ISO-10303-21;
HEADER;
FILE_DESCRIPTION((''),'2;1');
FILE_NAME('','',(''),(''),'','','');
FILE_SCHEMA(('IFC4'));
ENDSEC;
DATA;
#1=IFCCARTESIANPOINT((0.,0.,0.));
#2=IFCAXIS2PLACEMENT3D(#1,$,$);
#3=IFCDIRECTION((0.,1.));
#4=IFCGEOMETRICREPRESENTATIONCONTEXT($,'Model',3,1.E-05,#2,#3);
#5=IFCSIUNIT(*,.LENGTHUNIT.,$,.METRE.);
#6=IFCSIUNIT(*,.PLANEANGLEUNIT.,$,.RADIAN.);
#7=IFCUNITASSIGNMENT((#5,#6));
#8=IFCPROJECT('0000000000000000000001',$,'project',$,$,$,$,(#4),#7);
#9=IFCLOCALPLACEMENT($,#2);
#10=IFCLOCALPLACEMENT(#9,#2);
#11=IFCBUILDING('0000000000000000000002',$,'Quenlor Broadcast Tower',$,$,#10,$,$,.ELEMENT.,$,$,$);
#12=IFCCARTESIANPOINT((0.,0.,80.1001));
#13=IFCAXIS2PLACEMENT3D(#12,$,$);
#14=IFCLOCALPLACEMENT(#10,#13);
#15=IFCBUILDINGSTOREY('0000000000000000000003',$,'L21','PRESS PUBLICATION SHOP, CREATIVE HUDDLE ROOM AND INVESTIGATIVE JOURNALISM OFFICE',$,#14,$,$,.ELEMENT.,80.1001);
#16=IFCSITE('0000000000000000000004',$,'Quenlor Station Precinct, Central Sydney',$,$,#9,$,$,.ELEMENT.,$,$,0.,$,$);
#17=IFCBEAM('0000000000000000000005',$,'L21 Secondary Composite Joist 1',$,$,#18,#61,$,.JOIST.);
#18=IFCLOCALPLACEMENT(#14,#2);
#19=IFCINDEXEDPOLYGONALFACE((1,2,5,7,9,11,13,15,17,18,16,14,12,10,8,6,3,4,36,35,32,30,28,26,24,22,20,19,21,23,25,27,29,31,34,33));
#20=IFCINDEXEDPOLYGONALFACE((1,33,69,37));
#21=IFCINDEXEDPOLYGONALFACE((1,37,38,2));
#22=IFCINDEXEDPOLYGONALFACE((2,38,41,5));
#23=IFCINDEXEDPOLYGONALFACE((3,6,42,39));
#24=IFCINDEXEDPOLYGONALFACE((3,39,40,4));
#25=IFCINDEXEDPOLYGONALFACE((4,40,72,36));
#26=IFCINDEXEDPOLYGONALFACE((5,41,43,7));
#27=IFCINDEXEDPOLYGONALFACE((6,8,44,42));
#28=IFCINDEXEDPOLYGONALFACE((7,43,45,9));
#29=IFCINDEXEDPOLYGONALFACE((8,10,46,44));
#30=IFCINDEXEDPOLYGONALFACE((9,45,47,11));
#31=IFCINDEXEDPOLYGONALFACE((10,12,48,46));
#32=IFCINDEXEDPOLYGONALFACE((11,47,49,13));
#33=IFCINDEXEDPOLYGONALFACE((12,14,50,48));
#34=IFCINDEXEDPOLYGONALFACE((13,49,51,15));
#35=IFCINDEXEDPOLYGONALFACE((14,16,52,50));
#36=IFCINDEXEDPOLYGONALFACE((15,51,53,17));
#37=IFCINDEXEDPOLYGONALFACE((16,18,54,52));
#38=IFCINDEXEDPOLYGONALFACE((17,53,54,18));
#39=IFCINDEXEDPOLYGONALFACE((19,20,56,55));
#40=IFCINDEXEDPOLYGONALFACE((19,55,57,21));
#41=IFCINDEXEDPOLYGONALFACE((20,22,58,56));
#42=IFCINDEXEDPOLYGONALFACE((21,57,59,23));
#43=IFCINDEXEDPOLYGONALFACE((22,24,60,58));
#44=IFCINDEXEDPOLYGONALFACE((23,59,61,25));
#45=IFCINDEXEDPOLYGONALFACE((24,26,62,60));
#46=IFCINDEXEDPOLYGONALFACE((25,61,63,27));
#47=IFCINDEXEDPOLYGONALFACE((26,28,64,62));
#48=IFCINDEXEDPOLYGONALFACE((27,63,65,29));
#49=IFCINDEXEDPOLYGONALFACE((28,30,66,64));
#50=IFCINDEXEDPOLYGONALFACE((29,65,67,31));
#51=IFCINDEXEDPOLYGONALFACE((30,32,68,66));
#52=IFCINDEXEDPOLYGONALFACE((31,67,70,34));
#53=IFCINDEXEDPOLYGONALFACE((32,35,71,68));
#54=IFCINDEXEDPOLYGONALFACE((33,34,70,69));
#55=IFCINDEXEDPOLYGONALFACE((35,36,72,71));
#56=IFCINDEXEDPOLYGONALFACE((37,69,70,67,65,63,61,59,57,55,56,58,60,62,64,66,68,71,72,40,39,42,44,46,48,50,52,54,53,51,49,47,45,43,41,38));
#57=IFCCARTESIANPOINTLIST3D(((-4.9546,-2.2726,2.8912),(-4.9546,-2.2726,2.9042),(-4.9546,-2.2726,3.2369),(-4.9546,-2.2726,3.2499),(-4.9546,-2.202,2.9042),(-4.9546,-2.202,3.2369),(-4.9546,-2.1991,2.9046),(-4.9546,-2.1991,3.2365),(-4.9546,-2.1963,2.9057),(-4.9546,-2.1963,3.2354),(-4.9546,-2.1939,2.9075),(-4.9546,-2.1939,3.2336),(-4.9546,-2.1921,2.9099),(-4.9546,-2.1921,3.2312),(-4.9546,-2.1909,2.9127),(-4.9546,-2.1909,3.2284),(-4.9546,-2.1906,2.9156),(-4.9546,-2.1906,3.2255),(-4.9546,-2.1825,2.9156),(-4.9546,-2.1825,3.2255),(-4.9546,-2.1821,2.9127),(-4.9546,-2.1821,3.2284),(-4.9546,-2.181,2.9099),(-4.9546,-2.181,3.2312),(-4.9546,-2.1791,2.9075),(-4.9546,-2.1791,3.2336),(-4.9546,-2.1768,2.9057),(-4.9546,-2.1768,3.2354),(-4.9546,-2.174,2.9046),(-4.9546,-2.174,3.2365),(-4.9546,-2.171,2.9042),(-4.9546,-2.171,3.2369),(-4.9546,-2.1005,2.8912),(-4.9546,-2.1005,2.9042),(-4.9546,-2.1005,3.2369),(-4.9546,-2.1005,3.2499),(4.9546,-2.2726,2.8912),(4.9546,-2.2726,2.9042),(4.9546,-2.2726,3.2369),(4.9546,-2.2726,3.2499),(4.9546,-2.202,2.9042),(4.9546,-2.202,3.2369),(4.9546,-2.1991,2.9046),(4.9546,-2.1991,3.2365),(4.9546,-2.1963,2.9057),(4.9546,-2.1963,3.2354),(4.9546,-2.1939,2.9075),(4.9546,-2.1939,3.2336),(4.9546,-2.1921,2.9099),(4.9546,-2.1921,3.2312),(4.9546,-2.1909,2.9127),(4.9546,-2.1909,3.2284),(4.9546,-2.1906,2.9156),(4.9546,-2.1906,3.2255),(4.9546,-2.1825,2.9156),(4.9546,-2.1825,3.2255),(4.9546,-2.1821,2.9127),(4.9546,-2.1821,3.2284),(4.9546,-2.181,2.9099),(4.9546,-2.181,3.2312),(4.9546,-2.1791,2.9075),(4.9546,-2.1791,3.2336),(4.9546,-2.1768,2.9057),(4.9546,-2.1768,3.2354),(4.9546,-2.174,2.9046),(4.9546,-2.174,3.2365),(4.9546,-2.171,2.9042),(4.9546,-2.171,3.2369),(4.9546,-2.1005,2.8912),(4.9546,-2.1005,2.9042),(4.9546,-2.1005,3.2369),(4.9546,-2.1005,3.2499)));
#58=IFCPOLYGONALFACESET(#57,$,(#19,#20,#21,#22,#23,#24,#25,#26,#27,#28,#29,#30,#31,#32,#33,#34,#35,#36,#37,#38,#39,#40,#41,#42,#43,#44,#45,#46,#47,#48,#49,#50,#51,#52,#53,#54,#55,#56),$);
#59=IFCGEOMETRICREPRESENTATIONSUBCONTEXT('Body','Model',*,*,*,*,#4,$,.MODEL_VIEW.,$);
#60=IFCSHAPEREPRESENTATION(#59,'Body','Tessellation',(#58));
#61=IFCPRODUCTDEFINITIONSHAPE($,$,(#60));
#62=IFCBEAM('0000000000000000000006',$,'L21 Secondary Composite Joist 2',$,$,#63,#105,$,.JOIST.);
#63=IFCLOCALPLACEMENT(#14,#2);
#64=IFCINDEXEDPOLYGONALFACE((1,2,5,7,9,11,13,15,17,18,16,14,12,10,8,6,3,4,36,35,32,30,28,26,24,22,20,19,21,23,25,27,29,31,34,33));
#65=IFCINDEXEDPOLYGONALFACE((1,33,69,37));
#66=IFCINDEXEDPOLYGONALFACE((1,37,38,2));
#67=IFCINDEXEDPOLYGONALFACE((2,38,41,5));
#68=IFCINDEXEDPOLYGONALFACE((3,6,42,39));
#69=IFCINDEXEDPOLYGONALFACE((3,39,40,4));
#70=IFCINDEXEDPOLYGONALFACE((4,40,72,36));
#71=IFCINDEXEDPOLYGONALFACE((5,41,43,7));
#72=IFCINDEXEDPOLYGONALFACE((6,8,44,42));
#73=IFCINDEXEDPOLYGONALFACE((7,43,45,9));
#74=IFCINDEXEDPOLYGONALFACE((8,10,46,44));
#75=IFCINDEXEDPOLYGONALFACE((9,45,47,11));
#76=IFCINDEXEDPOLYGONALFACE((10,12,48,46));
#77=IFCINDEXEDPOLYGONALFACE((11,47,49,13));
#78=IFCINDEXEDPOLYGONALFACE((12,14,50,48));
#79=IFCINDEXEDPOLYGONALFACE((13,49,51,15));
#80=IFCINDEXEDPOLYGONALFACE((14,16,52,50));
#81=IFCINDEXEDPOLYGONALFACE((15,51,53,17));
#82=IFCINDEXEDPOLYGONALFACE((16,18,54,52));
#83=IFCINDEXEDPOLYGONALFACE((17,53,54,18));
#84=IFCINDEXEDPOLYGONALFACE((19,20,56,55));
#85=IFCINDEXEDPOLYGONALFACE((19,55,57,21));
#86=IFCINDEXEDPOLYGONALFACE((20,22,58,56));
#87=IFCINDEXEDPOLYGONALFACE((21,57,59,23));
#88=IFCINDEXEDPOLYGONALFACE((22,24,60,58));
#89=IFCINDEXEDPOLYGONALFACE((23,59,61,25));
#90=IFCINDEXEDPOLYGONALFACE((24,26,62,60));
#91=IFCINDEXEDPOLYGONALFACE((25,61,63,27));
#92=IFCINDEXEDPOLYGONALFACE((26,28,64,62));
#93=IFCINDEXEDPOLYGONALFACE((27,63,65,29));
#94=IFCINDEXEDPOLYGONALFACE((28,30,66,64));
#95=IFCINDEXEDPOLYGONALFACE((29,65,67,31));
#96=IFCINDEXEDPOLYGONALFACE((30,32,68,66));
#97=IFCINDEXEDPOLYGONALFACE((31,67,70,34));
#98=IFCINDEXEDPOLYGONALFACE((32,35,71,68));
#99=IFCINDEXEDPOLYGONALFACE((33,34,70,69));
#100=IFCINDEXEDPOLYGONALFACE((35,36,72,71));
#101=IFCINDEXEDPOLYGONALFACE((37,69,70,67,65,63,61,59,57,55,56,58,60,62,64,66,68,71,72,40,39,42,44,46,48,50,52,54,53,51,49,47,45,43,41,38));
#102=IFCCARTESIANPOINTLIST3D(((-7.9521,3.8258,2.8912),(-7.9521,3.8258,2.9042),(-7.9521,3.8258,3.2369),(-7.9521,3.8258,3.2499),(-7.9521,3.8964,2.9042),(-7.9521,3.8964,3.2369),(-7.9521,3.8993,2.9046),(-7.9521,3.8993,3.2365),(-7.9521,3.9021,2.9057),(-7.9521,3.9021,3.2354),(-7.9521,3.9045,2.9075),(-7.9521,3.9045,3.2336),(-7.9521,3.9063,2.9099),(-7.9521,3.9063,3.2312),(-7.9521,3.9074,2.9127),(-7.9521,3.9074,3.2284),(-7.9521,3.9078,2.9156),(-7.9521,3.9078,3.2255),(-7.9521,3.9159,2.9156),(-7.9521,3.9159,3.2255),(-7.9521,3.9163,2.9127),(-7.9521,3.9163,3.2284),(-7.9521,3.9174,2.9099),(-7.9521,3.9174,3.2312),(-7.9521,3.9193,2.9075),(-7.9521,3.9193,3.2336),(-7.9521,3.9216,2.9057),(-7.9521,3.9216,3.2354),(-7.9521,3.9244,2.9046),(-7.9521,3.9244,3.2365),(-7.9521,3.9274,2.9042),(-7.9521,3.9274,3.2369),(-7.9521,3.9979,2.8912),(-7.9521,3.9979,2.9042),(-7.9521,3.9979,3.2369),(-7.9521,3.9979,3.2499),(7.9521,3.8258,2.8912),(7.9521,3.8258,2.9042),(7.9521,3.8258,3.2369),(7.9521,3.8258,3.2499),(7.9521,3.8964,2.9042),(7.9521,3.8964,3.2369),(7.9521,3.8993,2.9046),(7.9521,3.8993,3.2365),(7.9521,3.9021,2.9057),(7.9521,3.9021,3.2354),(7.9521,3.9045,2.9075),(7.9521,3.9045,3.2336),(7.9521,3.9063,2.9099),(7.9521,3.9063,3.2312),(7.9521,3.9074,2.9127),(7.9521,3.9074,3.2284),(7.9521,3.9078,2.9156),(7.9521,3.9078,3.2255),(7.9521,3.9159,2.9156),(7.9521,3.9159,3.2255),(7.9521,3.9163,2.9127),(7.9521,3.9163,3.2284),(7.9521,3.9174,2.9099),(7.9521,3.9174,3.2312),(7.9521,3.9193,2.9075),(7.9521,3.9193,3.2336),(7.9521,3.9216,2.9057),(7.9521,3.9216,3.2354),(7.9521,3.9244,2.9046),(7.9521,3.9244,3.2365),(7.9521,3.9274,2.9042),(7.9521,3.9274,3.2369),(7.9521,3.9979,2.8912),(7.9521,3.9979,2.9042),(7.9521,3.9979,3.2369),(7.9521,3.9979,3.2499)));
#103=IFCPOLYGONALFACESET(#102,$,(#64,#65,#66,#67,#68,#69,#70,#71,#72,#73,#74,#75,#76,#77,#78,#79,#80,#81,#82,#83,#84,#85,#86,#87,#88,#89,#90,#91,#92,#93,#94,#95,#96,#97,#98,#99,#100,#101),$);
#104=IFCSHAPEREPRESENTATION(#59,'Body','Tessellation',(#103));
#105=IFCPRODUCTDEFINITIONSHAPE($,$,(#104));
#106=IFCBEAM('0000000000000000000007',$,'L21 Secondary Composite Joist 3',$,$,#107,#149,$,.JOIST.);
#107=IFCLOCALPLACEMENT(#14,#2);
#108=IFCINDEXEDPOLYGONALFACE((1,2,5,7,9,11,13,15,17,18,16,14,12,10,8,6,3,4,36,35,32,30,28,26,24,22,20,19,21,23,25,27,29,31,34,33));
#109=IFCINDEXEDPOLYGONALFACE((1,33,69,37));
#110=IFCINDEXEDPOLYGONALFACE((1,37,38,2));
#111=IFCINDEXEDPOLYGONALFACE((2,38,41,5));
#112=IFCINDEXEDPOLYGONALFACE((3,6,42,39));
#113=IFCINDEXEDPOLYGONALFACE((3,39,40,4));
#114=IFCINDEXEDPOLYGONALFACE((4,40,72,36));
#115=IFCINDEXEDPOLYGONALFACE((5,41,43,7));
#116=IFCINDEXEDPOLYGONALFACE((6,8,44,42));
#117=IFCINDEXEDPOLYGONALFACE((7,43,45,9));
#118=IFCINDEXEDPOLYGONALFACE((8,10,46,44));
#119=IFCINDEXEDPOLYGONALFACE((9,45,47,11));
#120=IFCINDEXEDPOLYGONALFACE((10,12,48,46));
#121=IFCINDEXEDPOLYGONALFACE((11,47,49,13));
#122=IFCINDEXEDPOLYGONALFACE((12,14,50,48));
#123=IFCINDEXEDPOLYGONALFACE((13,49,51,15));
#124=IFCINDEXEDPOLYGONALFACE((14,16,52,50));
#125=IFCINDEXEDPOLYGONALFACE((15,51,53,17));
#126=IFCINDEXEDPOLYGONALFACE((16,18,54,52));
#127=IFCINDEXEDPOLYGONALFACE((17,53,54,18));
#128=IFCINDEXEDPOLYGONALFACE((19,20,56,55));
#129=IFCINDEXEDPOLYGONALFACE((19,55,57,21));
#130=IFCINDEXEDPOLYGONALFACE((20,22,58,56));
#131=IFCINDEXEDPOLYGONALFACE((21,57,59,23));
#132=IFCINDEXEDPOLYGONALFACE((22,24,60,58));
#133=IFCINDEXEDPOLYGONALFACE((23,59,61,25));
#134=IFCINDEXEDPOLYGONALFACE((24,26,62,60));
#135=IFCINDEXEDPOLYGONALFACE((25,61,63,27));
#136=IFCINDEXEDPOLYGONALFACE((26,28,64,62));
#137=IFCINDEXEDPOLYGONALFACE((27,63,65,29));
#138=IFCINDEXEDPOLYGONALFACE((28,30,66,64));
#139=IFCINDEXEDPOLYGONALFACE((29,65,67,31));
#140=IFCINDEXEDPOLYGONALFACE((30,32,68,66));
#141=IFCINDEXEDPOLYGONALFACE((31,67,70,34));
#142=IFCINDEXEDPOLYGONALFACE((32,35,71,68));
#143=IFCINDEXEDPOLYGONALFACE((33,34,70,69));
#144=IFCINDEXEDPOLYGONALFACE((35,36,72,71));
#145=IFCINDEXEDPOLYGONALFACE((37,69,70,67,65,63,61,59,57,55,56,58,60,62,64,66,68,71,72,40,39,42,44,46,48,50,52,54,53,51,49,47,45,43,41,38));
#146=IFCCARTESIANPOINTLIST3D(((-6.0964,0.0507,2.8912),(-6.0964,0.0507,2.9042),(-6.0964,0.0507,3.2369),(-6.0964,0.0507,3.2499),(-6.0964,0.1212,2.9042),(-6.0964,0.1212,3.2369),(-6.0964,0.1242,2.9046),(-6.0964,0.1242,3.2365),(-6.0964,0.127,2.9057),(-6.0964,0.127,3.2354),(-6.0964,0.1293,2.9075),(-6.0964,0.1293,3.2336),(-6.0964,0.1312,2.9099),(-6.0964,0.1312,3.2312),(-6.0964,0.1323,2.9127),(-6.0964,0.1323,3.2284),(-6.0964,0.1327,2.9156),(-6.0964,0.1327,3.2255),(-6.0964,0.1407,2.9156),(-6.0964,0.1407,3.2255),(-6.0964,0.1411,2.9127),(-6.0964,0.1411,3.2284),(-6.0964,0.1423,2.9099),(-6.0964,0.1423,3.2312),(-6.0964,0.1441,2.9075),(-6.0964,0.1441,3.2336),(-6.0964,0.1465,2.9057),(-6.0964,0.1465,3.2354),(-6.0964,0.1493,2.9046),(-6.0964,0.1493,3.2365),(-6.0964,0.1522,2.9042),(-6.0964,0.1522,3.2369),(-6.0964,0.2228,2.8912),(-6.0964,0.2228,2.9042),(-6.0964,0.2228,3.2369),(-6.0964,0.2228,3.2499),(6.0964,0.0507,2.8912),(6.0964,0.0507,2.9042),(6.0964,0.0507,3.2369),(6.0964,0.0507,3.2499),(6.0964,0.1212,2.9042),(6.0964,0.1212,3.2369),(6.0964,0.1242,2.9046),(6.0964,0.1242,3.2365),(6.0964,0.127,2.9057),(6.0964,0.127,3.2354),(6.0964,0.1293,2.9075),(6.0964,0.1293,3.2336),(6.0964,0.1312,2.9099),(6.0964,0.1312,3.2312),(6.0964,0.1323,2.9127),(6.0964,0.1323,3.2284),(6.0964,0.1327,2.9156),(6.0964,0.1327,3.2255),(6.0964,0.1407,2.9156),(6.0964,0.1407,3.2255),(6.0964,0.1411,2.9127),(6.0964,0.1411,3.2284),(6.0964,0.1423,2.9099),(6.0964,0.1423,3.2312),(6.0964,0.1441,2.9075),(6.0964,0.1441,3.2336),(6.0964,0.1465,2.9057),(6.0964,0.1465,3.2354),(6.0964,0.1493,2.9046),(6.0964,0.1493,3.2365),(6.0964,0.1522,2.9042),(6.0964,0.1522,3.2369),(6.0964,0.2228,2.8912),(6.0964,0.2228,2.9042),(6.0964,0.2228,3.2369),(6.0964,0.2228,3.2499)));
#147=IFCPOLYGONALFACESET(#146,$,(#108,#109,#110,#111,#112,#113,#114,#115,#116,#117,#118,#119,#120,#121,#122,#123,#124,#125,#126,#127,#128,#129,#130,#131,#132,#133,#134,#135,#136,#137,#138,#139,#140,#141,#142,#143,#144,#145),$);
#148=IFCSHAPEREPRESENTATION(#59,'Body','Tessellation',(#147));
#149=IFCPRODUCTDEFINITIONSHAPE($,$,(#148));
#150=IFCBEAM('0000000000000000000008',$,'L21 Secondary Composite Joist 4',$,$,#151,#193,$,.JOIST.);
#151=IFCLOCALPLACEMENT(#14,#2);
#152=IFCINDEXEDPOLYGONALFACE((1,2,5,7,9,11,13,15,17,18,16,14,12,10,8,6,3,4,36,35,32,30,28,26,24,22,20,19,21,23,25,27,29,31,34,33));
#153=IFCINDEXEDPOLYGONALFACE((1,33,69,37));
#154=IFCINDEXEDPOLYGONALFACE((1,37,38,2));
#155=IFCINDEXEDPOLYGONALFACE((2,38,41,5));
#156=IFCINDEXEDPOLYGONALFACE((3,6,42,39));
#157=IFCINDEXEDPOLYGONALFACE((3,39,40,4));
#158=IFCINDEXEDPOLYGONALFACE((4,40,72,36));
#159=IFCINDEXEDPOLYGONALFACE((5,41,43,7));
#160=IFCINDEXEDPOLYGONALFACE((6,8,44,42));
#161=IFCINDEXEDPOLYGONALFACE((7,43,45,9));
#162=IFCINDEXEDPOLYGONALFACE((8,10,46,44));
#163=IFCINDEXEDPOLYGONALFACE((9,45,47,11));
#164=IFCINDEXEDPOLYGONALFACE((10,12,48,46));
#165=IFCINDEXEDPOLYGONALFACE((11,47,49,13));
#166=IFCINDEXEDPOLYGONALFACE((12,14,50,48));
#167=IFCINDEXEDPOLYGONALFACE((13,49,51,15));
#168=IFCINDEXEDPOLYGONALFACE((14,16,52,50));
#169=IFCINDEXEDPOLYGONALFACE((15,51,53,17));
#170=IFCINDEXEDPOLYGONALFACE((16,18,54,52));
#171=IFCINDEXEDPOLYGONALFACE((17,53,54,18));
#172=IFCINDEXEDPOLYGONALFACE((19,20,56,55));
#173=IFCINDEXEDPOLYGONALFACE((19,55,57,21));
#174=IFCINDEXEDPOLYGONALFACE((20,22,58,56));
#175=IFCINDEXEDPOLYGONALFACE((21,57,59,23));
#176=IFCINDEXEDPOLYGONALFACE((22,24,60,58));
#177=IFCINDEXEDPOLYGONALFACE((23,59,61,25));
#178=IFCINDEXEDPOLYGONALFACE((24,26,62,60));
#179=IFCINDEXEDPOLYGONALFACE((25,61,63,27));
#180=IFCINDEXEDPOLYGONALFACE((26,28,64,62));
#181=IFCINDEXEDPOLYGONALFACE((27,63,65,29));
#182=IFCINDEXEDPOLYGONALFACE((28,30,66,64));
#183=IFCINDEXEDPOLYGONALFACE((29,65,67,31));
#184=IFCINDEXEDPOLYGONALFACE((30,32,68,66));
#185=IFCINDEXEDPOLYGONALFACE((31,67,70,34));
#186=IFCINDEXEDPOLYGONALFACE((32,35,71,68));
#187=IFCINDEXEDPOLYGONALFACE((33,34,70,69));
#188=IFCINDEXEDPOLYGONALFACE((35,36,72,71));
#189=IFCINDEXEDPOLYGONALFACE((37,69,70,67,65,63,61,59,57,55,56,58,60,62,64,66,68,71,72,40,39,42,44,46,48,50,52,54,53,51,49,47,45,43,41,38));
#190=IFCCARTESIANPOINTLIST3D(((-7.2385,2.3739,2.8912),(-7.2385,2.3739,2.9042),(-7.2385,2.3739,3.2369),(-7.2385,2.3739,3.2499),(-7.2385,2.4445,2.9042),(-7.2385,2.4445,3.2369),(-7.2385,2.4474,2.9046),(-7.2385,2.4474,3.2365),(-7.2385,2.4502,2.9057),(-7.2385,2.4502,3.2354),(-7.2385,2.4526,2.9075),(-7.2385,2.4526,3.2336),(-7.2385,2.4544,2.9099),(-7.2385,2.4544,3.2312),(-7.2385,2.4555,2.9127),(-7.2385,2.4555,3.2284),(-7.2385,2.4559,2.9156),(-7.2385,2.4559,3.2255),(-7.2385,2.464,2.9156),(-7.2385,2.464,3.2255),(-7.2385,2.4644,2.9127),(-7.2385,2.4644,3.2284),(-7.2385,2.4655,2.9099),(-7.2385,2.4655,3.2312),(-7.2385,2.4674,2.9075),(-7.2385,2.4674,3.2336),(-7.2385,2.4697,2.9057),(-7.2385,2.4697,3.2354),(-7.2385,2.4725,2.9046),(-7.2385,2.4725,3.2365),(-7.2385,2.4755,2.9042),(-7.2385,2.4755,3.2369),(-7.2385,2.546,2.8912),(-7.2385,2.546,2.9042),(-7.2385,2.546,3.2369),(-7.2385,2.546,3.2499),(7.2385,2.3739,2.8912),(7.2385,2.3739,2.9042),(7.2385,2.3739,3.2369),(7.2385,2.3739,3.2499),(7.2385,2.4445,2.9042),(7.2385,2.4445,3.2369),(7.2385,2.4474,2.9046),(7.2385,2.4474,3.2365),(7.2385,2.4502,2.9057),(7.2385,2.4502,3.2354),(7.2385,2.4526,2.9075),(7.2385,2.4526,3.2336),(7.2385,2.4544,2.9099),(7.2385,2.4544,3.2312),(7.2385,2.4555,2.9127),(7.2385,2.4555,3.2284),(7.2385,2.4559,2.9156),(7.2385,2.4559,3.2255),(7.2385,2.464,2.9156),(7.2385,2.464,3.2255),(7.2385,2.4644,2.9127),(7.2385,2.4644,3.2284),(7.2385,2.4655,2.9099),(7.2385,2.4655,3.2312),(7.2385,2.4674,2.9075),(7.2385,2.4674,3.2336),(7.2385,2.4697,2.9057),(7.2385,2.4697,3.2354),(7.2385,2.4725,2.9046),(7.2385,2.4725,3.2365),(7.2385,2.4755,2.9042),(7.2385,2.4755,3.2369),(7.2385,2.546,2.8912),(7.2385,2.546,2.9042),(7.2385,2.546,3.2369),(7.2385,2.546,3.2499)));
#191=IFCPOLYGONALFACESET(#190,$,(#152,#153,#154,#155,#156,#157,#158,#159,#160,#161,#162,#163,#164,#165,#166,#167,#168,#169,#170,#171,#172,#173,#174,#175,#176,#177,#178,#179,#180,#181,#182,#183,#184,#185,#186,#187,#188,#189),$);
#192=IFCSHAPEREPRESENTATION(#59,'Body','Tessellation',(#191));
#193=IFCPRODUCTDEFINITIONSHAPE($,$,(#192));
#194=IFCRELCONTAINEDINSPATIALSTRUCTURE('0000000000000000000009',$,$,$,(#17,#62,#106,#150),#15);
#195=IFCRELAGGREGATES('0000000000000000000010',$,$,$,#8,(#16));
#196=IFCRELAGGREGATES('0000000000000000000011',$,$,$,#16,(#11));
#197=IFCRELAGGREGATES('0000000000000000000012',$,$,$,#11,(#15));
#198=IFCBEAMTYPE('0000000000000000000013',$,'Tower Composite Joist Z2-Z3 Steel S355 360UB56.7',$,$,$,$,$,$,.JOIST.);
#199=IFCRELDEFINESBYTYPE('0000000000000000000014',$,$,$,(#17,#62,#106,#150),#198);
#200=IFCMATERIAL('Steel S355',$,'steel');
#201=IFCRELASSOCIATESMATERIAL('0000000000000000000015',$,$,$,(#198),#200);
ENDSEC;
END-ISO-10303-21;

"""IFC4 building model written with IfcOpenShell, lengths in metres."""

from ifc_helpers import new_model, si_unit, direction, frame, origin, origin_2d, place, context, subcontext, project, spatial, i_section, extrude, material, material_profile, profile_set, type_object, element, save


model = new_model("IFC4")

# Units and contexts
model_context = context("Model", 3, precision=1e-05, world=origin(), true_north=direction((0.0, 1.0)))
body_context = subcontext(model_context, "Body", "Model", "MODEL_VIEW")
ifc_project = project(units=[si_unit("LENGTHUNIT", "METRE"), si_unit("PLANEANGLEUNIT", "RADIAN")], contexts=[model_context])

# Site, building, storey
site_placement = place(None, origin())
site = spatial("IfcSite", under=ifc_project, at=site_placement, Name="Quenlor Station Precinct, Central Sydney", CompositionType="ELEMENT", RefElevation=0.0)
building_placement = place(site_placement, origin())
building = spatial("IfcBuilding", under=site, at=building_placement, Name="Quenlor Broadcast Tower", CompositionType="ELEMENT")
storey_placement = place(building_placement, frame((0.0, 0.0, 80.1001)))
storey = spatial("IfcBuildingStorey", under=building, at=storey_placement, Name="L21", Description="PRESS PUBLICATION SHOP, CREATIVE HUDDLE ROOM AND INVESTIGATIVE JOURNALISM OFFICE", CompositionType="ELEMENT", Elevation=80.1001)

# Beams
ifc_material_1 = material(Name="Steel S355", Category="steel")
ifc_material_profile = material_profile(ifc_material_1, i_section(OverallWidth=0.1721, OverallDepth=0.3586, WebThickness=0.0081, FlangeThickness=0.0129, FilletRadius=0.0115, at=origin_2d()))
ifc_profile_set = profile_set([ifc_material_profile], Name="Steel S355 360UB56.7")
beam_type = type_object("IfcBeamType", Name="Tower Composite Joist Z2-Z3 Steel S355 360UB56.7", PredefinedType="JOIST", material=ifc_profile_set)
beam_1_placement = place(storey_placement, frame((-4.9546, -2.1865, 3.0706), z_axis=(1.0, 0.0, 0.0), x_axis=(0.0, 1.0, 0.0)))
element("IfcBeam", 1, at=beam_1_placement, inside=storey, type_object=beam_type, Name="L21 Secondary Composite Joist 1", PredefinedType="JOIST", context=body_context, shape_type="SweptSolid", body=[
    extrude(i_section(OverallWidth=0.1721, OverallDepth=0.3586, WebThickness=0.0081, FlangeThickness=0.0129, FilletRadius=0.0115, at=origin_2d()), origin(), (0.0, 0.0, 1.0), 9.9092),
])
beam_2_placement = place(storey_placement, frame((-7.9521, 3.9119, 3.0706), z_axis=(1.0, 0.0, 0.0), x_axis=(0.0, 1.0, 0.0)))
element("IfcBeam", 2, at=beam_2_placement, inside=storey, type_object=beam_type, Name="L21 Secondary Composite Joist 2", PredefinedType="JOIST", context=body_context, shape_type="SweptSolid", body=[
    extrude(i_section(OverallWidth=0.1721, OverallDepth=0.3586, WebThickness=0.0081, FlangeThickness=0.0129, FilletRadius=0.0115, at=origin_2d()), origin(), (0.0, 0.0, 1.0), 15.9043),
])
beam_3_placement = place(storey_placement, frame((-6.0964, 0.1367, 3.0706), z_axis=(1.0, 0.0, 0.0), x_axis=(0.0, 1.0, 0.0)))
element("IfcBeam", 3, at=beam_3_placement, inside=storey, type_object=beam_type, Name="L21 Secondary Composite Joist 3", PredefinedType="JOIST", context=body_context, shape_type="SweptSolid", body=[
    extrude(i_section(OverallWidth=0.1721, OverallDepth=0.3586, WebThickness=0.0081, FlangeThickness=0.0129, FilletRadius=0.0115, at=origin_2d()), origin(), (0.0, 0.0, 1.0), 12.1929),
])
beam_4_placement = place(storey_placement, frame((-7.2385, 2.46, 3.0706), z_axis=(1.0, 0.0, 0.0), x_axis=(0.0, 1.0, 0.0)))
element("IfcBeam", 4, at=beam_4_placement, inside=storey, type_object=beam_type, Name="L21 Secondary Composite Joist 4", PredefinedType="JOIST", context=body_context, shape_type="SweptSolid", body=[
    extrude(i_section(OverallWidth=0.1721, OverallDepth=0.3586, WebThickness=0.0081, FlangeThickness=0.0129, FilletRadius=0.0115, at=origin_2d()), origin(), (0.0, 0.0, 1.0), 14.4771),
])

save(model, "model.ifc")
